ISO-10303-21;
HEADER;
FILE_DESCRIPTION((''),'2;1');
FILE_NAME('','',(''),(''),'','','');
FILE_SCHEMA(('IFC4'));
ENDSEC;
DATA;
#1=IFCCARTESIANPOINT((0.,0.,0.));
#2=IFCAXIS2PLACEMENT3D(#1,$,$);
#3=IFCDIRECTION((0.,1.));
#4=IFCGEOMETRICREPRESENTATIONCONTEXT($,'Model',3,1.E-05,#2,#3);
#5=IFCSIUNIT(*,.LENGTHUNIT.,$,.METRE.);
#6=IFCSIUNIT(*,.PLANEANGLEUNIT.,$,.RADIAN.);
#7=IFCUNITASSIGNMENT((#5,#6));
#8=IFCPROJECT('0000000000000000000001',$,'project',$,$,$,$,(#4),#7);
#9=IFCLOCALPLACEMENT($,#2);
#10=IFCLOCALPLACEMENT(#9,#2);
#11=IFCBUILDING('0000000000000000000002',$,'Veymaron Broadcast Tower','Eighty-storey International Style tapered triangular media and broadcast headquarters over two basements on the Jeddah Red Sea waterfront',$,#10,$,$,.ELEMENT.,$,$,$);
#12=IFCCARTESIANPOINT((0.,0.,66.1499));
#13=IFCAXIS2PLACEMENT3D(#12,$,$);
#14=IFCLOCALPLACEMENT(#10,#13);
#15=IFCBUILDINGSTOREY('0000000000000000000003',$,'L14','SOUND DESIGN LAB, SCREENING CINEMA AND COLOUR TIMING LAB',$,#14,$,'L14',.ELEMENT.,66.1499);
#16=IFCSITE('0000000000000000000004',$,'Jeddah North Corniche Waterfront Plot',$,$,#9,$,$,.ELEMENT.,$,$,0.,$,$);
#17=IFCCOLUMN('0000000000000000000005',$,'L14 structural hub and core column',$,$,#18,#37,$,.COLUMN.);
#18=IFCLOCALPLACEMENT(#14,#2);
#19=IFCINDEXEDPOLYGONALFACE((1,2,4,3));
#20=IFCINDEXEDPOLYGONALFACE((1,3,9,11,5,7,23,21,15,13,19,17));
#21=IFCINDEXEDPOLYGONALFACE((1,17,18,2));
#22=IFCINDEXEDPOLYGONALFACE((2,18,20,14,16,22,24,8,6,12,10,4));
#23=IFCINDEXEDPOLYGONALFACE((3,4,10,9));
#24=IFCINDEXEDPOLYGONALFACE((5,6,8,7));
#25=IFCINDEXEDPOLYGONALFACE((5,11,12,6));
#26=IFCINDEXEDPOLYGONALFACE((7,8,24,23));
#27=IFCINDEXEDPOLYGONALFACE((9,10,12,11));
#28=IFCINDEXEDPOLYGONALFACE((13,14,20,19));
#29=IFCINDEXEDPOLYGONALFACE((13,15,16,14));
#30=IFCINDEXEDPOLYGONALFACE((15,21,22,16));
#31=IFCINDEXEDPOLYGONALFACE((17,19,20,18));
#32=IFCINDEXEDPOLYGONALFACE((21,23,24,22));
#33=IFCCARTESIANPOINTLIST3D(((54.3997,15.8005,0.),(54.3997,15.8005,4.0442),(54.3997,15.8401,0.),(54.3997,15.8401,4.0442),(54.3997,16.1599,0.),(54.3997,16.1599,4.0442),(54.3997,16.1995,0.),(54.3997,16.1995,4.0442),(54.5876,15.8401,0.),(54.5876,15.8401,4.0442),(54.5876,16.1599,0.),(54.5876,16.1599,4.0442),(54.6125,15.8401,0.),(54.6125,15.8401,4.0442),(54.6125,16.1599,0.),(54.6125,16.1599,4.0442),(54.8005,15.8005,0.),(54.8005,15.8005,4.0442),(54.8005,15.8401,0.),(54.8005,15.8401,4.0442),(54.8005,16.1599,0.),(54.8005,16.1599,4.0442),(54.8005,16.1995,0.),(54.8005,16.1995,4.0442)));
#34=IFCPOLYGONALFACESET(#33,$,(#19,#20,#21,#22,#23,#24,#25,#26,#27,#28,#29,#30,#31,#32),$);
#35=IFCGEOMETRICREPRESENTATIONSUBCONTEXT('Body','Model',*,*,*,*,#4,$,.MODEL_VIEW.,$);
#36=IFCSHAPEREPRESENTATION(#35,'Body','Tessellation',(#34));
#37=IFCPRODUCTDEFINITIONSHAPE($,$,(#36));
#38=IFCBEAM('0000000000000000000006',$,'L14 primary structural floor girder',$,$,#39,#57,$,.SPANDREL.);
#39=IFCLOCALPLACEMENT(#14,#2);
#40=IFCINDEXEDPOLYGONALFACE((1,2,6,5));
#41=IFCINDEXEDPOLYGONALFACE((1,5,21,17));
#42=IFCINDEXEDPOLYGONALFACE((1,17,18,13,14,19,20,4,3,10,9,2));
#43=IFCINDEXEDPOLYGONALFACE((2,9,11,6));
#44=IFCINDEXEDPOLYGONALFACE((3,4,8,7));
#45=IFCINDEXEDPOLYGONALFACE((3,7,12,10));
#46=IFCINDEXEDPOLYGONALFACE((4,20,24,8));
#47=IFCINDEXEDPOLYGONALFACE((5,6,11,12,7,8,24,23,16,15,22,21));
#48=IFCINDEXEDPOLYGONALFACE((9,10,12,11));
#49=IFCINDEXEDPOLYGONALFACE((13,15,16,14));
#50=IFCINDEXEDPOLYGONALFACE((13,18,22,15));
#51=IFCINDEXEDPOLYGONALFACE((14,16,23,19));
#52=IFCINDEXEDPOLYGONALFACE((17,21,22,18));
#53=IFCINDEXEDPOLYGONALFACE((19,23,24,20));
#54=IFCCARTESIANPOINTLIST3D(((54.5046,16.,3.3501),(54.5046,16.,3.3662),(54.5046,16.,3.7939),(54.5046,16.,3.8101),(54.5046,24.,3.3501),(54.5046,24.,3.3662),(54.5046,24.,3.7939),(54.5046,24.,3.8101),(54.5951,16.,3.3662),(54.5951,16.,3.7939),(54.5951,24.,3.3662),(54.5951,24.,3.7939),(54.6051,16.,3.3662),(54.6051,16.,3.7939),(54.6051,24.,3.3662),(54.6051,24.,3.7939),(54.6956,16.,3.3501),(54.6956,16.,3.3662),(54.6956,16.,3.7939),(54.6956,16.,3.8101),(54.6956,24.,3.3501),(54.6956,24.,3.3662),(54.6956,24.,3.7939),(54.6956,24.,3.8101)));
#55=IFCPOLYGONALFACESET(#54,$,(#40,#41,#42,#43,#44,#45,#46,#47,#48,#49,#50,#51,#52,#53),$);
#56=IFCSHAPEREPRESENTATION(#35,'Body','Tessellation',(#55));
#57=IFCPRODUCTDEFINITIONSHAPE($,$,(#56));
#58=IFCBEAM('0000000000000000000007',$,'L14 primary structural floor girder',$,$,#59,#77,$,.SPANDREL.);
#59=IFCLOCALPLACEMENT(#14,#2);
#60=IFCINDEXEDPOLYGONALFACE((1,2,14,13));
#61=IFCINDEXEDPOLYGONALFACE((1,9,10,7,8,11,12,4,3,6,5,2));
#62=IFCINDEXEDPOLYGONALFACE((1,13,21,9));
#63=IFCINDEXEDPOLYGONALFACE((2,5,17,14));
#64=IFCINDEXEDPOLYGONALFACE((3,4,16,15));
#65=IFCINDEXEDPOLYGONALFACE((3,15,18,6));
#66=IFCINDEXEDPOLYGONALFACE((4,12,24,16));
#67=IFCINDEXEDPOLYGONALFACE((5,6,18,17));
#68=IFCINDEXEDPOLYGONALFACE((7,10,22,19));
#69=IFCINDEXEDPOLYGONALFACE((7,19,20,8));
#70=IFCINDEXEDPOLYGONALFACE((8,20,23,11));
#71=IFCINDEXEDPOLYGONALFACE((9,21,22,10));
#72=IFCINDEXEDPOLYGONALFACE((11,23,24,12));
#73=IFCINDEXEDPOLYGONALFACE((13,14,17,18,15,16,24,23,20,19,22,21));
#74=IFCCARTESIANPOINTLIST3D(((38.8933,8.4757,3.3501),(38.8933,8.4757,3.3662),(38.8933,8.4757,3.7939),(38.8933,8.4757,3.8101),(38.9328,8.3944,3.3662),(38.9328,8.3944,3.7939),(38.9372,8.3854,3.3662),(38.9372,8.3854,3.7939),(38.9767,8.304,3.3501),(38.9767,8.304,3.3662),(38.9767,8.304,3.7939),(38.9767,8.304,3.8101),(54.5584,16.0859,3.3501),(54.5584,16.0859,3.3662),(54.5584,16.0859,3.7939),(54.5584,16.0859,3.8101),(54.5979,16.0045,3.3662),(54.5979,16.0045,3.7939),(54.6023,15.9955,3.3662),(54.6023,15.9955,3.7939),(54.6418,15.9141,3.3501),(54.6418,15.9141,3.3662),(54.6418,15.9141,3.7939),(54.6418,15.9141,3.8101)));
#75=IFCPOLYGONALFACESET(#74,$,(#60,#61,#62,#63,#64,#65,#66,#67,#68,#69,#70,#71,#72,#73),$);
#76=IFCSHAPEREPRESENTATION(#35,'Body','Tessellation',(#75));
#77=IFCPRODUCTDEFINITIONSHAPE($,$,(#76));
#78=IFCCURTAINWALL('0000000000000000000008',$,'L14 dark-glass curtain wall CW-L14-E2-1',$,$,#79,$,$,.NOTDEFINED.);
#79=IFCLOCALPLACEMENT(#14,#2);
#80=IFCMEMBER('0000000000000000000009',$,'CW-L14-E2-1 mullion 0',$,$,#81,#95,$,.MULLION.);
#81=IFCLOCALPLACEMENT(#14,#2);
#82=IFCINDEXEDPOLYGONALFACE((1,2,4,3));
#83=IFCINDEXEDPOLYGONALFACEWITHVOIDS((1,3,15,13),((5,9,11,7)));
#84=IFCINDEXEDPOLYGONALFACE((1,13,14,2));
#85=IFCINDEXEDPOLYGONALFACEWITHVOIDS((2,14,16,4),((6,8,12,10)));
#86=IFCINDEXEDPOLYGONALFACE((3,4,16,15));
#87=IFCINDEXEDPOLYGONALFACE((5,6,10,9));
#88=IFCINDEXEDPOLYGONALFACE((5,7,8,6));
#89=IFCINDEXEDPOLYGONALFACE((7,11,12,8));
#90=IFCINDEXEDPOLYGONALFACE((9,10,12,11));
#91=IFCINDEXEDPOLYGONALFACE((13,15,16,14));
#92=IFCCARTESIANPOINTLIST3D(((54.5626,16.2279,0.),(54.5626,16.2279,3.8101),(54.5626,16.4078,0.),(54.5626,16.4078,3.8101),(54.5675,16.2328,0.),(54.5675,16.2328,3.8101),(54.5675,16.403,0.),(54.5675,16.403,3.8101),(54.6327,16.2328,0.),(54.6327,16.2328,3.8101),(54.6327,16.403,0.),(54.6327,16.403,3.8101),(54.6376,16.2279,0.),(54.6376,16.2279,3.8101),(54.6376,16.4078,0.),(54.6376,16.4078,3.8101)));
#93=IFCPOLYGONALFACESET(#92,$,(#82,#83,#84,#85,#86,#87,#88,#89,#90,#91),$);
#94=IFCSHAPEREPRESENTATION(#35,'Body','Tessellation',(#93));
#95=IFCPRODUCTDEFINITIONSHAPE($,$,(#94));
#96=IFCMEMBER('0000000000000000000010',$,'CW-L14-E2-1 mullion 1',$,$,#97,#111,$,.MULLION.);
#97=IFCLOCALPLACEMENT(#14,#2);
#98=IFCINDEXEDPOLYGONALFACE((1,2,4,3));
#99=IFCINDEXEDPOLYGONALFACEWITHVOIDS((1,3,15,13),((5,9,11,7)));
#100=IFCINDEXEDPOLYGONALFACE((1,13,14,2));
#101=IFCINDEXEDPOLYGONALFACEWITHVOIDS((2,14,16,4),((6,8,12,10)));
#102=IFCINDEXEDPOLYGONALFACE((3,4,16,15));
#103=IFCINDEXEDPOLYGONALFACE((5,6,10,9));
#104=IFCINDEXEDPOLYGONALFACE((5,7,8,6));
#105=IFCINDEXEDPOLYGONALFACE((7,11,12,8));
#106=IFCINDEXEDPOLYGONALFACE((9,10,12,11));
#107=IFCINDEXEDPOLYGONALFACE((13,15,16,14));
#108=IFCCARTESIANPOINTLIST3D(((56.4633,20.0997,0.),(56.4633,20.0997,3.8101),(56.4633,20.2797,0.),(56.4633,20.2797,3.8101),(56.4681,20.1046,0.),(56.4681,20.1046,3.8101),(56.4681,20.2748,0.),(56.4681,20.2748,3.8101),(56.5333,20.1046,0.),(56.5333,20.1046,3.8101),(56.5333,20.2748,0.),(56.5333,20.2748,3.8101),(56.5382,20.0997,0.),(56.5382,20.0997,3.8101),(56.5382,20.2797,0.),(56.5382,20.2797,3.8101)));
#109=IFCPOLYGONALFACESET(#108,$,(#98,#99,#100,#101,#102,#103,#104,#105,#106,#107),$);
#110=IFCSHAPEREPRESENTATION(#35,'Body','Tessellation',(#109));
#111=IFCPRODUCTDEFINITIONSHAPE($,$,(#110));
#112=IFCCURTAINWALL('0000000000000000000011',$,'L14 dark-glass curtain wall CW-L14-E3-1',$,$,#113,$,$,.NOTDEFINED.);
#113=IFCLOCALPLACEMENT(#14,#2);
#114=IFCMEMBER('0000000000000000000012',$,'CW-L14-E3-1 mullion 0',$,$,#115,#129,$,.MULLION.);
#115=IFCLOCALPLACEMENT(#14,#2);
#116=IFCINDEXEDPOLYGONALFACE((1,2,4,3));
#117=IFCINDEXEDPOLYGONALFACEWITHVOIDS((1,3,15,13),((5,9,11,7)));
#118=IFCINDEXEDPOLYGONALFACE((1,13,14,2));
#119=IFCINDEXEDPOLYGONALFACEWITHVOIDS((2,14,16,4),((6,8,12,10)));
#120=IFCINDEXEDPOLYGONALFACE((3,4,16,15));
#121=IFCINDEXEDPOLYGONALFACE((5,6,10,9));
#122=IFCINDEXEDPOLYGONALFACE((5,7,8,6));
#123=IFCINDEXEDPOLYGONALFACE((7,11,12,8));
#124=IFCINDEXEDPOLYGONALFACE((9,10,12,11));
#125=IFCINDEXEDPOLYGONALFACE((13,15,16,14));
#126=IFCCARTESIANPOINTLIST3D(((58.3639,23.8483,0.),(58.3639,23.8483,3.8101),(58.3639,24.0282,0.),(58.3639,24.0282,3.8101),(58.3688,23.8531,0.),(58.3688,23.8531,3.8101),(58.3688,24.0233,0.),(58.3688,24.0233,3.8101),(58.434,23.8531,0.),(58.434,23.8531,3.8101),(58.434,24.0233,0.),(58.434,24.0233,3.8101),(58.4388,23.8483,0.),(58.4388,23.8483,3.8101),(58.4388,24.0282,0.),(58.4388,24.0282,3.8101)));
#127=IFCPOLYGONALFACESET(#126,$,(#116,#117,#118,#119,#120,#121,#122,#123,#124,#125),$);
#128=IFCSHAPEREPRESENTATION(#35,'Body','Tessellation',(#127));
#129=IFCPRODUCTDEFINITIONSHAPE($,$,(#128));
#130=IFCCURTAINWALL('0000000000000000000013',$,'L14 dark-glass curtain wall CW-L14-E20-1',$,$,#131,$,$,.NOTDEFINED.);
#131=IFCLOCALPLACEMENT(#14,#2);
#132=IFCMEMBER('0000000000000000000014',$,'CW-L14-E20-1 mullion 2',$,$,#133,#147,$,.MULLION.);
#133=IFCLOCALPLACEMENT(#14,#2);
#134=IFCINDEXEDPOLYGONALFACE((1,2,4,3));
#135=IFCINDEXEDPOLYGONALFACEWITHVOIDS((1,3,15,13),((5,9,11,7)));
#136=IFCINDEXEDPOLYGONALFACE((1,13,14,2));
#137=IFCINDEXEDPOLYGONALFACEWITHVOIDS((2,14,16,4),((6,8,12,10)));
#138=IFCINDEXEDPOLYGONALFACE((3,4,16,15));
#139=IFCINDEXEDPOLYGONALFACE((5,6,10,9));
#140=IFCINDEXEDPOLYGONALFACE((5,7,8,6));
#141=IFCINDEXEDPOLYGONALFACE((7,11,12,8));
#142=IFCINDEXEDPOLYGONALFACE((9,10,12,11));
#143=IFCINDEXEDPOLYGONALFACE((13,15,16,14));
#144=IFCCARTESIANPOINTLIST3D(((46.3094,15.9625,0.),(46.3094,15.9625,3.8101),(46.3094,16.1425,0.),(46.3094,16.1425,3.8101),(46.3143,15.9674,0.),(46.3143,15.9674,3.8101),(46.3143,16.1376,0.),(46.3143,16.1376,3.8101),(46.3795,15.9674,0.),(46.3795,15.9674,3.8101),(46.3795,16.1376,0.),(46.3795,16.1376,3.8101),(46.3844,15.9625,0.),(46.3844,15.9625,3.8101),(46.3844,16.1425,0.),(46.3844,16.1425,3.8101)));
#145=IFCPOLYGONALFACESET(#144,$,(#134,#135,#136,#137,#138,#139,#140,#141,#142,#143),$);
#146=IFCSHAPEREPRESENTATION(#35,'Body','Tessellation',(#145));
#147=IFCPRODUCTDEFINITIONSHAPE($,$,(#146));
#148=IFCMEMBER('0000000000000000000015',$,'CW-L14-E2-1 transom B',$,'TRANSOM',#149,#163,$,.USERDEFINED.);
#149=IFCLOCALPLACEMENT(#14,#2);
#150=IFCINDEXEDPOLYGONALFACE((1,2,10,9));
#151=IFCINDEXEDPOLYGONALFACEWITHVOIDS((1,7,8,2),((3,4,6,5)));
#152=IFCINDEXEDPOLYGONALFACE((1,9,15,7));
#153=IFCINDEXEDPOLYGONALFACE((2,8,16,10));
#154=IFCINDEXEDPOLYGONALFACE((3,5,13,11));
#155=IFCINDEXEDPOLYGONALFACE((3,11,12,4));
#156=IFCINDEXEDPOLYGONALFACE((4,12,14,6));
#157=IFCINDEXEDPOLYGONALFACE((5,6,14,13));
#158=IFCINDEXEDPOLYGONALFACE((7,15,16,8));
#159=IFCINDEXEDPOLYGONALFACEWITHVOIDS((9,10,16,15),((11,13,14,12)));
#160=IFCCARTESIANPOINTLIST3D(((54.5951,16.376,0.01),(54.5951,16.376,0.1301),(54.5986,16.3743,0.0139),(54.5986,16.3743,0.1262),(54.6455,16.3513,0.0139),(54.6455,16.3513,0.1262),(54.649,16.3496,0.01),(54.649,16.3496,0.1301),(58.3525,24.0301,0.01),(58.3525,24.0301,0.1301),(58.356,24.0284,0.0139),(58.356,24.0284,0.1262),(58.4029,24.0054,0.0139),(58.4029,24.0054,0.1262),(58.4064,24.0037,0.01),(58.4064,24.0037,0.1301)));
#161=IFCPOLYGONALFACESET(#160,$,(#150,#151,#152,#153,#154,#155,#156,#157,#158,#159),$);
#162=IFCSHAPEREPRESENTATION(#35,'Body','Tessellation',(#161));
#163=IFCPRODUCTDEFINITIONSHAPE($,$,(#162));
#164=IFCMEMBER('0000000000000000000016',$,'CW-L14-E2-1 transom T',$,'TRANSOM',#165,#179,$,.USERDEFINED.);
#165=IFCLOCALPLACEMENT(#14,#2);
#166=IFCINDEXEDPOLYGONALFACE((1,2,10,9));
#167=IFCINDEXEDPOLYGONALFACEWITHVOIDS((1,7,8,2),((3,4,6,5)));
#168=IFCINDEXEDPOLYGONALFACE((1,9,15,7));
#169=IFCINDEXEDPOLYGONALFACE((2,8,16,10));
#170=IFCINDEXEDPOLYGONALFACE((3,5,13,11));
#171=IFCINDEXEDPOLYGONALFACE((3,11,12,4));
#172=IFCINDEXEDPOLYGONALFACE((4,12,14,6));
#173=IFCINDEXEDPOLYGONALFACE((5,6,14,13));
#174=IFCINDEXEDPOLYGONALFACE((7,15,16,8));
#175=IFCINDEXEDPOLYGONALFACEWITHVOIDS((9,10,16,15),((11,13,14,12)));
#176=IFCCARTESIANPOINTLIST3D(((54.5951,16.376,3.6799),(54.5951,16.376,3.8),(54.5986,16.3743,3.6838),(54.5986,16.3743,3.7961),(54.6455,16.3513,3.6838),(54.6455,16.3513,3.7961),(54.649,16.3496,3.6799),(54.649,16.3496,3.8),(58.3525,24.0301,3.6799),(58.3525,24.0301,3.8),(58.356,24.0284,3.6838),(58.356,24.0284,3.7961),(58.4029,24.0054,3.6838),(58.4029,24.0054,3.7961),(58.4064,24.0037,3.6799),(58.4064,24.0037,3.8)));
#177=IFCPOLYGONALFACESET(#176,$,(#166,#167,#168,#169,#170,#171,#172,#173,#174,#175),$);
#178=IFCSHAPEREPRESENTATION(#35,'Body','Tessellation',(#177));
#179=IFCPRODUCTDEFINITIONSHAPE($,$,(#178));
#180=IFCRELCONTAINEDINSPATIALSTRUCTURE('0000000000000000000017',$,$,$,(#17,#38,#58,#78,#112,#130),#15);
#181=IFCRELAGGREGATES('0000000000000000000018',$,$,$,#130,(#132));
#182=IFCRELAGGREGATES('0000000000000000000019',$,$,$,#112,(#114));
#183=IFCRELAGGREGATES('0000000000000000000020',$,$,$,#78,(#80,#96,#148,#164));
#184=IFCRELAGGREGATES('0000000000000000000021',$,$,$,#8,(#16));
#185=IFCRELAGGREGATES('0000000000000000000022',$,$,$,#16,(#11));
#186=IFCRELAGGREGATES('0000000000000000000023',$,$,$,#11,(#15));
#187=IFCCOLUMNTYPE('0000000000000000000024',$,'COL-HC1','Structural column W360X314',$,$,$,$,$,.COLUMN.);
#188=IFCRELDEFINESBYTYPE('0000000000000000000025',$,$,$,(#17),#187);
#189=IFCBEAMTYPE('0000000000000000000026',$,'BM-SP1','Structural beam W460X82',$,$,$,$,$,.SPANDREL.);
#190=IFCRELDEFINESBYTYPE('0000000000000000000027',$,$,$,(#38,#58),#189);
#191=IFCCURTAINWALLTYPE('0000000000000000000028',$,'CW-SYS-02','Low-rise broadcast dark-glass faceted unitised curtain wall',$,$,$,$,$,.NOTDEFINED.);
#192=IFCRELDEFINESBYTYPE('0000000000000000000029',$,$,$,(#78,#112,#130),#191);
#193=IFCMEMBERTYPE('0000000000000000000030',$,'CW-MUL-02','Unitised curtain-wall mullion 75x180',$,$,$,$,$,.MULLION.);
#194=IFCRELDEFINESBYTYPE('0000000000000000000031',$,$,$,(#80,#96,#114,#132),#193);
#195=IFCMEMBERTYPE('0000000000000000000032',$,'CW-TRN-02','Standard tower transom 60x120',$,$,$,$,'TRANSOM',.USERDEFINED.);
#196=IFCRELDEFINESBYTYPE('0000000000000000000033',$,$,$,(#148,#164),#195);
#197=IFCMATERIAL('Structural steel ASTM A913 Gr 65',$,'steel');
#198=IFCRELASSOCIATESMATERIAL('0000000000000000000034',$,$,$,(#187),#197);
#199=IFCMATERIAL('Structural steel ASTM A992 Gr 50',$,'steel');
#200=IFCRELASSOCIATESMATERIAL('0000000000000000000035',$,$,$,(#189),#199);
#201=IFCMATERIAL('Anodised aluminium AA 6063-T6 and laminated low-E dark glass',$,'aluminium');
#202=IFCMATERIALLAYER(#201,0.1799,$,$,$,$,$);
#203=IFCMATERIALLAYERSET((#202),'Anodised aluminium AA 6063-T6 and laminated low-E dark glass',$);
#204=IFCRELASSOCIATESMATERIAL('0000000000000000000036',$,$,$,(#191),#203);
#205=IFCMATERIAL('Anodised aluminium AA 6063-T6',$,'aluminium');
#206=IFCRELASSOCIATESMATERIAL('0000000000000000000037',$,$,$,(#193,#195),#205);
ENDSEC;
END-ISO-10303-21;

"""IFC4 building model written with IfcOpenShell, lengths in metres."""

from ifc_helpers import new_model, si_unit, direction, frame, origin, origin_2d, place, context, subcontext, project, spatial, hollow_rectangle, i_section, extrude, material, layer, layer_set, material_profile, profile_set, type_object, element, aggregate, save


model = new_model("IFC4")

# Units and contexts
model_context = context("Model", 3, precision=1e-05, world=origin(), true_north=direction((0.0, 1.0)))
body_context = subcontext(model_context, "Body", "Model", "MODEL_VIEW")
ifc_project = project(units=[si_unit("LENGTHUNIT", "METRE"), si_unit("PLANEANGLEUNIT", "RADIAN")], contexts=[model_context])

# Site, building, storey
site_placement = place(None, origin())
site = spatial("IfcSite", under=ifc_project, at=site_placement, Name="Jeddah North Corniche Waterfront Plot", CompositionType="ELEMENT", RefElevation=0.0)
building_placement = place(site_placement, origin())
building = spatial("IfcBuilding", under=site, at=building_placement, Name="Veymaron Broadcast Tower", Description="Eighty-storey International Style tapered triangular media and broadcast headquarters over two basements on the Jeddah Red Sea waterfront", CompositionType="ELEMENT")
storey_placement = place(building_placement, frame((0.0, 0.0, 66.1499)))
storey = spatial("IfcBuildingStorey", under=building, at=storey_placement, Name="L14", Description="SOUND DESIGN LAB, SCREENING CINEMA AND COLOUR TIMING LAB", LongName="L14", CompositionType="ELEMENT", Elevation=66.1499)

# Column
ifc_material_1 = material(Name="Structural steel ASTM A913 Gr 65", Category="steel")
ifc_material_profile_1 = material_profile(ifc_material_1, i_section(OverallWidth=0.4009, OverallDepth=0.3989, WebThickness=0.0249, FlangeThickness=0.0396, at=origin_2d()), Name="W360X314")
ifc_profile_set_1 = profile_set([ifc_material_profile_1], Name="Structural steel ASTM A913 Gr 65")
column_type = type_object("IfcColumnType", Name="COL-HC1", Description="Structural column W360X314", PredefinedType="COLUMN", material=ifc_profile_set_1)
column_placement = place(storey_placement, frame((54.6001, 16.0, 0.0), z_axis=(0.0, 0.0, 1.0), x_axis=(1.0, 0.0, 0.0)))
element("IfcColumn", 1, at=column_placement, inside=storey, type_object=column_type, Name="L14 structural hub and core column", PredefinedType="COLUMN", context=body_context, shape_type="SweptSolid", body=[
    extrude(i_section(OverallWidth=0.4009, OverallDepth=0.3989, WebThickness=0.0249, FlangeThickness=0.0396, at=origin_2d()), origin(), (0.0, 0.0, 1.0), 4.0442),
])

# Beams
ifc_material_2 = material(Name="Structural steel ASTM A992 Gr 50", Category="steel")
ifc_material_profile_2 = material_profile(ifc_material_2, i_section(OverallWidth=0.1909, OverallDepth=0.46, WebThickness=0.01, FlangeThickness=0.0161, at=origin_2d()), Name="W460X82")
ifc_profile_set_2 = profile_set([ifc_material_profile_2], Name="Structural steel ASTM A992 Gr 50")
beam_type = type_object("IfcBeamType", Name="BM-SP1", Description="Structural beam W460X82", PredefinedType="SPANDREL", material=ifc_profile_set_2)
beam_1_placement = place(storey_placement, frame((54.6001, 16.0, 3.5801), z_axis=(0.0, 1.0, 0.0), x_axis=(-1.0, 0.0, 0.0)))
element("IfcBeam", 2, at=beam_1_placement, inside=storey, type_object=beam_type, Name="L14 primary structural floor girder", PredefinedType="SPANDREL", context=body_context, shape_type="SweptSolid", body=[
    extrude(i_section(OverallWidth=0.1909, OverallDepth=0.46, WebThickness=0.01, FlangeThickness=0.0161, at=origin_2d()), origin(), (0.0, 0.0, 1.0), 8.0),
])
beam_2_placement = place(storey_placement, frame((54.6001, 16.0, 3.5801), z_axis=(-0.899477, -0.436968, 0.0), x_axis=(0.436968, -0.899477, 0.0)))
element("IfcBeam", 3, at=beam_2_placement, inside=storey, type_object=beam_type, Name="L14 primary structural floor girder", PredefinedType="SPANDREL", context=body_context, shape_type="SweptSolid", body=[
    extrude(i_section(OverallWidth=0.1909, OverallDepth=0.46, WebThickness=0.01, FlangeThickness=0.0161, at=origin_2d()), origin(), (0.0, 0.0, 1.0), 17.4158),
])

# Curtain wall, members
ifc_material_3 = material(Name="Anodised aluminium AA 6063-T6 and laminated low-E dark glass", Category="aluminium")
ifc_layer_1 = layer(ifc_material_3, 0.1799)
ifc_layer_set_1 = layer_set([ifc_layer_1], Name="Anodised aluminium AA 6063-T6 and laminated low-E dark glass")
curtain_wall_type = type_object("IfcCurtainWallType", Name="CW-SYS-02", Description="Low-rise broadcast dark-glass faceted unitised curtain wall", PredefinedType="NOTDEFINED", material=ifc_layer_set_1)
curtain_wall_1_placement = place(storey_placement, origin())
curtain_wall_1 = element("IfcCurtainWall", 4, at=curtain_wall_1_placement, inside=storey, type_object=curtain_wall_type, Name="L14 dark-glass curtain wall CW-L14-E2-1", PredefinedType="NOTDEFINED")
ifc_material_4 = material(Name="Anodised aluminium AA 6063-T6", Category="aluminium")
ifc_material_profile_3 = material_profile(ifc_material_4, hollow_rectangle(XDim=0.075, YDim=0.1799, WallThickness=0.0049, at=origin_2d()), Name="AL180X75X5")
ifc_profile_set_3 = profile_set([ifc_material_profile_3], Name="Anodised aluminium AA 6063-T6")
member_type_1 = type_object("IfcMemberType", Name="CW-MUL-02", Description="Unitised curtain-wall mullion 75x180", PredefinedType="MULLION", material=ifc_profile_set_3)
member_1_placement = place(storey_placement, frame((54.6001, 16.3179, 0.0), z_axis=(0.0, 0.0, 1.0), x_axis=(1.0, 0.0, 0.0)))
member_1 = element("IfcMember", 5, at=member_1_placement, type_object=member_type_1, Name="CW-L14-E2-1 mullion 0", PredefinedType="MULLION", context=body_context, shape_type="SweptSolid", body=[
    extrude(hollow_rectangle(XDim=0.075, YDim=0.1799, WallThickness=0.0049, at=origin_2d()), origin(), (0.0, 0.0, 1.0), 3.8101),
])
member_2_placement = place(storey_placement, frame((56.5007, 20.1897, 0.0), z_axis=(0.0, 0.0, 1.0), x_axis=(1.0, 0.0, 0.0)))
member_2 = element("IfcMember", 6, at=member_2_placement, type_object=member_type_1, Name="CW-L14-E2-1 mullion 1", PredefinedType="MULLION", context=body_context, shape_type="SweptSolid", body=[
    extrude(hollow_rectangle(XDim=0.075, YDim=0.1799, WallThickness=0.0049, at=origin_2d()), origin(), (0.0, 0.0, 1.0), 3.8101),
])

# Curtain walls, members
curtain_wall_2_placement = place(storey_placement, origin())
curtain_wall_2 = element("IfcCurtainWall", 7, at=curtain_wall_2_placement, inside=storey, type_object=curtain_wall_type, Name="L14 dark-glass curtain wall CW-L14-E3-1", PredefinedType="NOTDEFINED")
member_3_placement = place(storey_placement, frame((58.4014, 23.9382, 0.0), z_axis=(0.0, 0.0, 1.0), x_axis=(1.0, 0.0, 0.0)))
member_3 = element("IfcMember", 8, at=member_3_placement, type_object=member_type_1, Name="CW-L14-E3-1 mullion 0", PredefinedType="MULLION", context=body_context, shape_type="SweptSolid", body=[
    extrude(hollow_rectangle(XDim=0.075, YDim=0.1799, WallThickness=0.0049, at=origin_2d()), origin(), (0.0, 0.0, 1.0), 3.8101),
])
curtain_wall_3_placement = place(storey_placement, origin())
curtain_wall_3 = element("IfcCurtainWall", 9, at=curtain_wall_3_placement, inside=storey, type_object=curtain_wall_type, Name="L14 dark-glass curtain wall CW-L14-E20-1", PredefinedType="NOTDEFINED")
member_4_placement = place(storey_placement, frame((46.3469, 16.0525, 0.0), z_axis=(0.0, 0.0, 1.0), x_axis=(1.0, 0.0, 0.0)))
member_4 = element("IfcMember", 10, at=member_4_placement, type_object=member_type_1, Name="CW-L14-E20-1 mullion 2", PredefinedType="MULLION", context=body_context, shape_type="SweptSolid", body=[
    extrude(hollow_rectangle(XDim=0.075, YDim=0.1799, WallThickness=0.0049, at=origin_2d()), origin(), (0.0, 0.0, 1.0), 3.8101),
])
aggregate(curtain_wall_3, [member_4])

# Members
ifc_material_profile_4 = material_profile(ifc_material_4, hollow_rectangle(XDim=0.0601, YDim=0.1201, WallThickness=0.0039, at=origin_2d()), Name="AL120X60X4")
ifc_profile_set_4 = profile_set([ifc_material_profile_4], Name="Anodised aluminium AA 6063-T6")
member_type_2 = type_object("IfcMemberType", Name="CW-TRN-02", Description="Standard tower transom 60x120", ElementType="TRANSOM", PredefinedType="USERDEFINED", material=ifc_profile_set_4)
member_5_placement = place(storey_placement, frame((54.6221, 16.3628, 0.0701), z_axis=(0.440662, 0.897673, 0.0), x_axis=(-0.897673, 0.440662, 0.0)))
member_5 = element("IfcMember", 11, at=member_5_placement, type_object=member_type_2, Name="CW-L14-E2-1 transom B", ObjectType="TRANSOM", PredefinedType="USERDEFINED", context=body_context, shape_type="SweptSolid", body=[
    extrude(hollow_rectangle(XDim=0.0601, YDim=0.1201, WallThickness=0.0039, at=origin_2d()), origin(), (0.0, 0.0, 1.0), 8.5266),
])
member_6_placement = place(storey_placement, frame((54.6221, 16.3628, 3.74), z_axis=(0.440662, 0.897673, 0.0), x_axis=(-0.897673, 0.440662, 0.0)))
member_6 = element("IfcMember", 12, at=member_6_placement, type_object=member_type_2, Name="CW-L14-E2-1 transom T", ObjectType="TRANSOM", PredefinedType="USERDEFINED", context=body_context, shape_type="SweptSolid", body=[
    extrude(hollow_rectangle(XDim=0.0601, YDim=0.1201, WallThickness=0.0039, at=origin_2d()), origin(), (0.0, 0.0, 1.0), 8.5266),
])
aggregate(curtain_wall_2, [member_3])

aggregate(curtain_wall_1, [member_1, member_2, member_5, member_6])

save(model, "model.ifc")
